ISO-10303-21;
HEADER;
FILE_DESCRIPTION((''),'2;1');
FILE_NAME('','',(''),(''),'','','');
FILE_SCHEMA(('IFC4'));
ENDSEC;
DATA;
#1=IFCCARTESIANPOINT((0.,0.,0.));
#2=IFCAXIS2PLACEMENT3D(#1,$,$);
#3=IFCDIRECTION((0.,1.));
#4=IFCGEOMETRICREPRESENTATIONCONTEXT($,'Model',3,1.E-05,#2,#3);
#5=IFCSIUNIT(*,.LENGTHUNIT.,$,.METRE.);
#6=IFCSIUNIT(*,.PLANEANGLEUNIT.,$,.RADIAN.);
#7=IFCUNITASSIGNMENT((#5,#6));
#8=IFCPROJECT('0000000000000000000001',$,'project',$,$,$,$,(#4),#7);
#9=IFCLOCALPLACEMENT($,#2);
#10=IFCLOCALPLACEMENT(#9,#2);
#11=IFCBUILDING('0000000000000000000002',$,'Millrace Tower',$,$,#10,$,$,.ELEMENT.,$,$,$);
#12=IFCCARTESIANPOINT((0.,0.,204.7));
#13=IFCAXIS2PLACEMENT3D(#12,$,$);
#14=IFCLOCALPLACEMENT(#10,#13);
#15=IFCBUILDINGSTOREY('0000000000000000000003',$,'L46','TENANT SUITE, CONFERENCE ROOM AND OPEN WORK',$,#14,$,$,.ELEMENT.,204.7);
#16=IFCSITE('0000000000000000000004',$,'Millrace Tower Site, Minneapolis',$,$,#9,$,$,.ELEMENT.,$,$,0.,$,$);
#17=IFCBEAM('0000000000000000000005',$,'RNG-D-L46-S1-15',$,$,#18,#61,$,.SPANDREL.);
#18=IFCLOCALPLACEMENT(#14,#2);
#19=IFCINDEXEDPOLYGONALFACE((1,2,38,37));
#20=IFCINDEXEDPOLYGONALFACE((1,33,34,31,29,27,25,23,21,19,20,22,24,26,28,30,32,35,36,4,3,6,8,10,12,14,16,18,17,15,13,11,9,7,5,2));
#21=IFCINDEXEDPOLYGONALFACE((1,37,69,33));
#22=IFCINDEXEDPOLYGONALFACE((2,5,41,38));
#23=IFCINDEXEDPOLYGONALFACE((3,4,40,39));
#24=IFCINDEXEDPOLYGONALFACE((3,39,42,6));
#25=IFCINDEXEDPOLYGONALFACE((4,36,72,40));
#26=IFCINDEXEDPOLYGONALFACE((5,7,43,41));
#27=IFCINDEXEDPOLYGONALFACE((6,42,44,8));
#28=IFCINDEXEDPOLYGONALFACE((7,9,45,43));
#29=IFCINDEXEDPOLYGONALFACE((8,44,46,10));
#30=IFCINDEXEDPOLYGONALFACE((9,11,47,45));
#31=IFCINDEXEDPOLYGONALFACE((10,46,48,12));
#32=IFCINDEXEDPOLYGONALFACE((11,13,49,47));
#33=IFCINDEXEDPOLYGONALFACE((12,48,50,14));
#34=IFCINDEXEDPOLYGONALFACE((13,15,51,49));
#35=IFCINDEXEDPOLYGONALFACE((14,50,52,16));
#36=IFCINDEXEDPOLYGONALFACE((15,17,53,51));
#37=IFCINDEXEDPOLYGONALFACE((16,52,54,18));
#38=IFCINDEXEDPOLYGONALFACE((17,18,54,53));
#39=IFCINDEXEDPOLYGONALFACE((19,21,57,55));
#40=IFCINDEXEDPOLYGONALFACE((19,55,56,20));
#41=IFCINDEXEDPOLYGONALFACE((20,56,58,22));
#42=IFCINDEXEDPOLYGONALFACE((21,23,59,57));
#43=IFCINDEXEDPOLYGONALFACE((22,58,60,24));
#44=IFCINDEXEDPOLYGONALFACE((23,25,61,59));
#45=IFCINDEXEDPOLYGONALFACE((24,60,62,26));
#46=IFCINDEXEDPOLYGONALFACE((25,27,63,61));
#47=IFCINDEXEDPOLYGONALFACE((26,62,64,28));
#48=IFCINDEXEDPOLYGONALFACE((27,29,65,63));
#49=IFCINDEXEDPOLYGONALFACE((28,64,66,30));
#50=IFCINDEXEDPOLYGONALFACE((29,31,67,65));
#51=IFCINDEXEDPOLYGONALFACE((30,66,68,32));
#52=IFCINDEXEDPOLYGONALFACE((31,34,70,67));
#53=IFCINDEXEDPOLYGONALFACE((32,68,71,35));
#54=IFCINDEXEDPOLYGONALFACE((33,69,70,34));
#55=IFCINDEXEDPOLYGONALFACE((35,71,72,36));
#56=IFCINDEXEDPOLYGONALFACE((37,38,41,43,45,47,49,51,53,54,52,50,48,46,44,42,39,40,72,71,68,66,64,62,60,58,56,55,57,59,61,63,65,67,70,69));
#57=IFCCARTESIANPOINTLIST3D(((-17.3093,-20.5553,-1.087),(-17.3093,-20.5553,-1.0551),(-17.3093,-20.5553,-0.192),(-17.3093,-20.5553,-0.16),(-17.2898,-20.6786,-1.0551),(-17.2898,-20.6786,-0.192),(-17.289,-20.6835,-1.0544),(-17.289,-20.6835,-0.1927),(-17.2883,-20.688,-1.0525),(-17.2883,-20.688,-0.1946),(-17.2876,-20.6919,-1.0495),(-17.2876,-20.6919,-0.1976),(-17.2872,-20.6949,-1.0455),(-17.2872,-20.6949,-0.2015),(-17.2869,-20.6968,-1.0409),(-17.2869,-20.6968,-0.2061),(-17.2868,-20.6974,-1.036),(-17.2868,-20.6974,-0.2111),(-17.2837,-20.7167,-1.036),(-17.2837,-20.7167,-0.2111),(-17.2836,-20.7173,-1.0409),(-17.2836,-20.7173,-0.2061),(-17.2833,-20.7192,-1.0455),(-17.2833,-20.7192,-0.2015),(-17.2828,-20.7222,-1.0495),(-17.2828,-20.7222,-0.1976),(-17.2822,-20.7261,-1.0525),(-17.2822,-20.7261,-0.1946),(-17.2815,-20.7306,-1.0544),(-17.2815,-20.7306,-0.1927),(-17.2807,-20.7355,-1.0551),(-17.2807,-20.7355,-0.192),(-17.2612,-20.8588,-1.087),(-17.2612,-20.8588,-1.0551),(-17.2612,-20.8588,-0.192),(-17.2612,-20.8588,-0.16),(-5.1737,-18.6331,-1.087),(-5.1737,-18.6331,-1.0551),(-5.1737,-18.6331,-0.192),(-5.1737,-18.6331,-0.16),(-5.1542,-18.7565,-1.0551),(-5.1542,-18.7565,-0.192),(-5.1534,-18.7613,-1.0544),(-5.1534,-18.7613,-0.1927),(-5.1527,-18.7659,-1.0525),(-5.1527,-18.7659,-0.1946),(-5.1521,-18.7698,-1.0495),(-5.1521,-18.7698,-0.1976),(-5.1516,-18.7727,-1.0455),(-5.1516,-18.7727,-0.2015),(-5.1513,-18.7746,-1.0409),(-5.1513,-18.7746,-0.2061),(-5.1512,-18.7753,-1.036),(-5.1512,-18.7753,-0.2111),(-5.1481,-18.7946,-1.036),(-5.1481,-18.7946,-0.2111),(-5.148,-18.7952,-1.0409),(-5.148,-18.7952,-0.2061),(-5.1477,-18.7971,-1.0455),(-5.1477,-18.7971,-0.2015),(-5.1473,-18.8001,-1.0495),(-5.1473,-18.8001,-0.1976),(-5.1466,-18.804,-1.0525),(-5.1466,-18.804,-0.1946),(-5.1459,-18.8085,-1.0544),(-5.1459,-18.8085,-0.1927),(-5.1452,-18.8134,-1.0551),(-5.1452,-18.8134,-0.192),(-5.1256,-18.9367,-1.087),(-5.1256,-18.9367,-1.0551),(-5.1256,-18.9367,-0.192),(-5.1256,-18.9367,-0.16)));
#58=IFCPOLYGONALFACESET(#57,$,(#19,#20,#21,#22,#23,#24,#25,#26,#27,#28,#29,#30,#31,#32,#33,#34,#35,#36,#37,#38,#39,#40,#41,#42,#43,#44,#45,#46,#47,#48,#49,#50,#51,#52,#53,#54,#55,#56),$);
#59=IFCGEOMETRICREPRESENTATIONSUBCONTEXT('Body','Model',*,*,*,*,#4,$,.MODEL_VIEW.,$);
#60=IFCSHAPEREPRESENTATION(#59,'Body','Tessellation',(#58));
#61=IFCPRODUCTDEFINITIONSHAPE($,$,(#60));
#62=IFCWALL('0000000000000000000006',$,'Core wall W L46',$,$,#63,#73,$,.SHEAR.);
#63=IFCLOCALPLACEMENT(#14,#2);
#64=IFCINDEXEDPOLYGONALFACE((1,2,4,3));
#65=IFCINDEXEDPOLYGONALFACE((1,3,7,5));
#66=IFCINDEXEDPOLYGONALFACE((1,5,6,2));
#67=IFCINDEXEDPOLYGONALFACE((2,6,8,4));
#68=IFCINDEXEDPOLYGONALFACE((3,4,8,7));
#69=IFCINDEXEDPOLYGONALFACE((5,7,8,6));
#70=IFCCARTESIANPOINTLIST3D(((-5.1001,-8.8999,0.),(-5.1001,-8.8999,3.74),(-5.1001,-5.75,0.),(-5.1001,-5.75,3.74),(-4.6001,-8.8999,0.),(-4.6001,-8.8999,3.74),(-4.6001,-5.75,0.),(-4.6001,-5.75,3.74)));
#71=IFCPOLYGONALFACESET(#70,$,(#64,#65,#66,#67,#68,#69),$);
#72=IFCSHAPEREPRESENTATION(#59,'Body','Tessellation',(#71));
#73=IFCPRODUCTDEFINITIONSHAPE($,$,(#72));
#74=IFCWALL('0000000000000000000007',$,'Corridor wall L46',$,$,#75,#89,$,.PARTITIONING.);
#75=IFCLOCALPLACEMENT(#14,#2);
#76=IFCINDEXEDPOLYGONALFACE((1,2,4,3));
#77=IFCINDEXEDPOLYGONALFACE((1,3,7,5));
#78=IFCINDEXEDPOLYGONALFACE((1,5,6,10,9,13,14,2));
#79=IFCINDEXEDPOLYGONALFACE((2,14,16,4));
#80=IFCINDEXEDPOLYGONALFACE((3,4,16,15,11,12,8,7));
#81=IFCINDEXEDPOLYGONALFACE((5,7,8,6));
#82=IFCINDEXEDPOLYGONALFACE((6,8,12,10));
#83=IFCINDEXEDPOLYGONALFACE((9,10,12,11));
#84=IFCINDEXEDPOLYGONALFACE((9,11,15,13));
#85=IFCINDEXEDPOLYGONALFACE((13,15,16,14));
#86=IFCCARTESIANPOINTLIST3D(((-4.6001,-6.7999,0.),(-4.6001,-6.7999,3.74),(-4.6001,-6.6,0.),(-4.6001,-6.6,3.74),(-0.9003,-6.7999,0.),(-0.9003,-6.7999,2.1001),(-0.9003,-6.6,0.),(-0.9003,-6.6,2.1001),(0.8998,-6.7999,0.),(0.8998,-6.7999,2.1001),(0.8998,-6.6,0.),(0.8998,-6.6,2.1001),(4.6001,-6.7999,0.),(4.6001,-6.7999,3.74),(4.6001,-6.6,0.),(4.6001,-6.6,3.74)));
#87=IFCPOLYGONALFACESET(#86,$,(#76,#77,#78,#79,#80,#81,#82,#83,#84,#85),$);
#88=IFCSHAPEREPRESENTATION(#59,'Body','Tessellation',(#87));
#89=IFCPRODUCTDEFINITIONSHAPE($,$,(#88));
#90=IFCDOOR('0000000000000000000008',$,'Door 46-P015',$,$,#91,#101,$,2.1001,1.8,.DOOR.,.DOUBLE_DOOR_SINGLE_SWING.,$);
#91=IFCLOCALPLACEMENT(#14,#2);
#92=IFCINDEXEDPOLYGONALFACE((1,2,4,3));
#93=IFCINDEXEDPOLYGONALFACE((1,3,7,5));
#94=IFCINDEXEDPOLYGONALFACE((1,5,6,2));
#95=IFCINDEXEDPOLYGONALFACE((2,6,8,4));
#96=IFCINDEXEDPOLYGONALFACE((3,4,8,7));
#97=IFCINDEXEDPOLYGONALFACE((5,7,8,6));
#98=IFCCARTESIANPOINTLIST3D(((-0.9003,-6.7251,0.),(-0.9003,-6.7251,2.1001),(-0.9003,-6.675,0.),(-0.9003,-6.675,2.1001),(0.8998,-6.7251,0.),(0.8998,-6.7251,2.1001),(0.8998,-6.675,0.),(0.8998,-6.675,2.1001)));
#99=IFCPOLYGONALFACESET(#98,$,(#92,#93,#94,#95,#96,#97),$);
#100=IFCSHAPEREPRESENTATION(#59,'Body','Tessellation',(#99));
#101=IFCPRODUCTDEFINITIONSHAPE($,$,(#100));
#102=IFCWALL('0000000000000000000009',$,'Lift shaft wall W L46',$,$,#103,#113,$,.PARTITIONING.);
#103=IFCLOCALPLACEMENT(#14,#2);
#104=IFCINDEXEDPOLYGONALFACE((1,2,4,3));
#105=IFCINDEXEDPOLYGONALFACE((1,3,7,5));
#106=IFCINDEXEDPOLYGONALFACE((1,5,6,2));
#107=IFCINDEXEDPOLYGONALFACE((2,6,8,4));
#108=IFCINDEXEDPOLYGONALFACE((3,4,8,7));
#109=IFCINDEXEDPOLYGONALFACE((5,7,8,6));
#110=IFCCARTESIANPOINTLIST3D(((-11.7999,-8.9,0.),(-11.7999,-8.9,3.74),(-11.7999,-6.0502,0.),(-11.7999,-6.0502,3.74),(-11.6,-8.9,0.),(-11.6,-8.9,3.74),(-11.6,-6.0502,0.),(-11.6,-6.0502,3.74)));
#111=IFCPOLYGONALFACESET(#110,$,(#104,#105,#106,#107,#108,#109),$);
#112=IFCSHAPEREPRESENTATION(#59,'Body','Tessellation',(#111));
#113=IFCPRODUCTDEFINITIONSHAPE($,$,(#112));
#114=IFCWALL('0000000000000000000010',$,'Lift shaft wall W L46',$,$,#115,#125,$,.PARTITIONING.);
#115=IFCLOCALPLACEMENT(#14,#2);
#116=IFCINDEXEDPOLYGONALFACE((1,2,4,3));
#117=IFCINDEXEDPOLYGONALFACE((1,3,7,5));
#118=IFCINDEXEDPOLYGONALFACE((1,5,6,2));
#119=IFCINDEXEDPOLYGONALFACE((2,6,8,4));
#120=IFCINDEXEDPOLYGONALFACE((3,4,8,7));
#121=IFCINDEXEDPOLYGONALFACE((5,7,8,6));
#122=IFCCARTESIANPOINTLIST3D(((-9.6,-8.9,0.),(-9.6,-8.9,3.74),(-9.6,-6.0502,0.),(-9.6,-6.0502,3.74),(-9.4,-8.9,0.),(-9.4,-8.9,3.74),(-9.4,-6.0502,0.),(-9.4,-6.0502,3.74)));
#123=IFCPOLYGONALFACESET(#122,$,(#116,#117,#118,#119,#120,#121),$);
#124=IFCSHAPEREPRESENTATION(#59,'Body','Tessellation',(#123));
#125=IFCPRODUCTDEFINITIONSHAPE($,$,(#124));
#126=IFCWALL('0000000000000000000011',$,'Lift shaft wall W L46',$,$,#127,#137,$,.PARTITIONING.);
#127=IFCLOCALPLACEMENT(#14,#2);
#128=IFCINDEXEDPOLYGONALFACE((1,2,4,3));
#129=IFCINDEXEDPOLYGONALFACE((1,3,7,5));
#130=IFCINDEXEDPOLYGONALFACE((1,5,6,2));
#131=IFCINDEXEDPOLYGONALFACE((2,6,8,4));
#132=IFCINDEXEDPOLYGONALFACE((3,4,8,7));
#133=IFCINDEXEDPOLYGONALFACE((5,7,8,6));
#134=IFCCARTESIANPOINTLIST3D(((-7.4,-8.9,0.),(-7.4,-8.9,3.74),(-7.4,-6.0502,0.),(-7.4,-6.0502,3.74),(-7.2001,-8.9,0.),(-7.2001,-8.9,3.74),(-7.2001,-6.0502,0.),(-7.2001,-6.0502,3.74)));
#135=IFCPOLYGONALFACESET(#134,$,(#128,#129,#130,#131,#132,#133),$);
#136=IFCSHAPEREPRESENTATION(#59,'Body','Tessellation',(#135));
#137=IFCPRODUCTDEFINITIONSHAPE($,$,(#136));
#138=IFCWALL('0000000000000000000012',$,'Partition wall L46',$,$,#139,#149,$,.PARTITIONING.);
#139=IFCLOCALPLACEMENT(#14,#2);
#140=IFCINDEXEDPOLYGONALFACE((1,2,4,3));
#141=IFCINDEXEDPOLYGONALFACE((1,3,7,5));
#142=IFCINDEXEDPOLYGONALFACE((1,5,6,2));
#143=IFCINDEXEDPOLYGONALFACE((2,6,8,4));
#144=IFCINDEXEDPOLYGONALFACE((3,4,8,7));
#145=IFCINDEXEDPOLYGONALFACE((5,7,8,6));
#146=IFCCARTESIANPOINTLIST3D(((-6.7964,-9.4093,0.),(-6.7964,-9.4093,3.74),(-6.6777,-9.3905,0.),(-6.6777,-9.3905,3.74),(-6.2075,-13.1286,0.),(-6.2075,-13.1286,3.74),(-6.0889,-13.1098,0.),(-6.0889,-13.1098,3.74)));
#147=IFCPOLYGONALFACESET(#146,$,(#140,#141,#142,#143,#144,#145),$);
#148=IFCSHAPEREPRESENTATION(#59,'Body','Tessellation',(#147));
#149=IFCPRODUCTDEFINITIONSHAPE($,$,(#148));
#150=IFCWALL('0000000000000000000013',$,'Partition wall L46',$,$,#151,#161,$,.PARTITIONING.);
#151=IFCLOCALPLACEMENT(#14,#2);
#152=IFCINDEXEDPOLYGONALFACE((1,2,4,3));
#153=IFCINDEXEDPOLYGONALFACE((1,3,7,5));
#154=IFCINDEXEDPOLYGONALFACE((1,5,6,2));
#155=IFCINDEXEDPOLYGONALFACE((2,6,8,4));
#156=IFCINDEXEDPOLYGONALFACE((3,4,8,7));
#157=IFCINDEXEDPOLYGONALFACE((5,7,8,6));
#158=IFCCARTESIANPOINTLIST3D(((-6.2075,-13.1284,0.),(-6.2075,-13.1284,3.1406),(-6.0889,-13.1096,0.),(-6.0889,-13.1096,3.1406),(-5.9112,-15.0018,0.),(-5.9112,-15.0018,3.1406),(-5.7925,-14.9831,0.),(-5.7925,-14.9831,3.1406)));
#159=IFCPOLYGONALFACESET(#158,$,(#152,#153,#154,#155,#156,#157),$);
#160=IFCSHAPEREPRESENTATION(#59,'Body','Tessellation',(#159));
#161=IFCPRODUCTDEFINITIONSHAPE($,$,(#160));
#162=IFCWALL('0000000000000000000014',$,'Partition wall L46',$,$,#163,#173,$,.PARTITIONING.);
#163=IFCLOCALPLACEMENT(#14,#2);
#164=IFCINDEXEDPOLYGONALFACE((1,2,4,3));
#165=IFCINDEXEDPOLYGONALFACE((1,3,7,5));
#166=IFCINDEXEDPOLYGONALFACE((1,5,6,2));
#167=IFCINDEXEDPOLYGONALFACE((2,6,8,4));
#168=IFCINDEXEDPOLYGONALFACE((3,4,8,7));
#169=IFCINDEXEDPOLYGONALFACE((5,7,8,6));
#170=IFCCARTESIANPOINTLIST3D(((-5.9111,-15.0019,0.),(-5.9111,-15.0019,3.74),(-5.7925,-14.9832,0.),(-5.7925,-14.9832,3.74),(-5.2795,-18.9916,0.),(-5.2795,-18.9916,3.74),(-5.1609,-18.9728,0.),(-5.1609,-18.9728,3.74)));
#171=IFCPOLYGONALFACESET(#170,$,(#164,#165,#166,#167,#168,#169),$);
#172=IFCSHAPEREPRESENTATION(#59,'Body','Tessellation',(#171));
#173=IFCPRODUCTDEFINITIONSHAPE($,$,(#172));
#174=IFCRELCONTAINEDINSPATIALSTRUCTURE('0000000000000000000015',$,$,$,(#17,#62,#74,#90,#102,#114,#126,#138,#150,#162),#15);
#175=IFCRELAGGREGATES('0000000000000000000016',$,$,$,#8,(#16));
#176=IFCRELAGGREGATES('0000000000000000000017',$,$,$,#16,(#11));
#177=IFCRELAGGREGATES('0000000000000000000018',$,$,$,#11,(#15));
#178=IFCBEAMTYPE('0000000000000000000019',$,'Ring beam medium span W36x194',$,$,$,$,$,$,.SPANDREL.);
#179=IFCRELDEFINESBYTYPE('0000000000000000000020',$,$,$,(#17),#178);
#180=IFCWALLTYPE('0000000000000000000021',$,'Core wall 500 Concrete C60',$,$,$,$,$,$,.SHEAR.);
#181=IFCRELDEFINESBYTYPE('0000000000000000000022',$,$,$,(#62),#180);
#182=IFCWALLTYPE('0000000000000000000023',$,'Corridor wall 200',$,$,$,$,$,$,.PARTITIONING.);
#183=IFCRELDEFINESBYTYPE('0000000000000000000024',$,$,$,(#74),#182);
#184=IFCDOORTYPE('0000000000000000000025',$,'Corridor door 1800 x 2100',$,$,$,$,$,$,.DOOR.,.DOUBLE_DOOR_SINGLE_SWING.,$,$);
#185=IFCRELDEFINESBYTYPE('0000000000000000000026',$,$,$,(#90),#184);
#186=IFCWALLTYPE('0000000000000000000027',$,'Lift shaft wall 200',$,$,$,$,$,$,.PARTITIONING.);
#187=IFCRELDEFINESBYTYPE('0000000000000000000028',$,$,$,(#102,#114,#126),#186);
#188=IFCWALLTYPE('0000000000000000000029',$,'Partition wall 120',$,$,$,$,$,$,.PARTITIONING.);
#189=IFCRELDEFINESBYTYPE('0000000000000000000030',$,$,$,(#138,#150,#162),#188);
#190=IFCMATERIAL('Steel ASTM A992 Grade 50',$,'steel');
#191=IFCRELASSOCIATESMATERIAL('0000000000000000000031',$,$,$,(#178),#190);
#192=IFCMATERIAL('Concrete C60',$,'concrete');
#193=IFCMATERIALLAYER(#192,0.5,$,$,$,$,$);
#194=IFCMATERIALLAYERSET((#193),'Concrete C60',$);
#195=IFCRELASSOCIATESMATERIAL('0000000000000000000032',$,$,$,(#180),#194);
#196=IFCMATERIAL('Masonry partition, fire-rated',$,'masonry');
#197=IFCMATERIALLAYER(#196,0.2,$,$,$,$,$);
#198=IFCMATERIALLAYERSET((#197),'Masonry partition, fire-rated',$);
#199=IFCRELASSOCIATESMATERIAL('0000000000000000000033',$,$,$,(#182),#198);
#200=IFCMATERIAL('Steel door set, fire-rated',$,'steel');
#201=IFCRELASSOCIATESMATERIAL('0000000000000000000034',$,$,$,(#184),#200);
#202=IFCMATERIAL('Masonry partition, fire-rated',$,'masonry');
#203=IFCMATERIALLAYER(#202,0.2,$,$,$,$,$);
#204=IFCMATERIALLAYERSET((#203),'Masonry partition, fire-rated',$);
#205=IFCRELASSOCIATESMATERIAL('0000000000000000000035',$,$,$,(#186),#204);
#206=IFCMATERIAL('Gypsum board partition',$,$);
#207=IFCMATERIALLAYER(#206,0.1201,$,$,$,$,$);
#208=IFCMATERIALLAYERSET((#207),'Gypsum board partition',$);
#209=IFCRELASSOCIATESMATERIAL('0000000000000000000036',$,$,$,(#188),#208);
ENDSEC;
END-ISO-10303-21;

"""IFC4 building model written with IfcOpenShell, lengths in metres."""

from ifc_helpers import new_model, si_unit, direction, frame, frame_2d, origin, origin_2d, place, context, subcontext, project, spatial, rectangle, i_section, extrude, material, layer, layer_set, material_profile, profile_set, type_object, element, fill, save


model = new_model("IFC4")

# Units and contexts
model_context = context("Model", 3, precision=1e-05, world=origin(), true_north=direction((0.0, 1.0)))
body_context = subcontext(model_context, "Body", "Model", "MODEL_VIEW")
ifc_project = project(units=[si_unit("LENGTHUNIT", "METRE"), si_unit("PLANEANGLEUNIT", "RADIAN")], contexts=[model_context])

# Site, building, storey
site_placement = place(None, origin())
site = spatial("IfcSite", under=ifc_project, at=site_placement, Name="Millrace Tower Site, Minneapolis", CompositionType="ELEMENT", RefElevation=0.0)
building_placement = place(site_placement, origin())
building = spatial("IfcBuilding", under=site, at=building_placement, Name="Millrace Tower", CompositionType="ELEMENT")
storey_placement = place(building_placement, frame((0.0, 0.0, 204.7)))
storey = spatial("IfcBuildingStorey", under=building, at=storey_placement, Name="L46", Description="TENANT SUITE, CONFERENCE ROOM AND OPEN WORK", CompositionType="ELEMENT", Elevation=204.7)

# Beam
ifc_material_1 = material(Name="Steel ASTM A992 Grade 50", Category="steel")
ifc_material_profile_1 = material_profile(ifc_material_1, i_section(OverallWidth=0.3074, OverallDepth=0.927, WebThickness=0.0195, FlangeThickness=0.032, FilletRadius=0.019, at=origin_2d()))
ifc_profile_set_1 = profile_set([ifc_material_profile_1], Name="Steel ASTM A992 Grade 50")
beam_type_1 = type_object("IfcBeamType", Name="Ring beam medium span W36x194", PredefinedType="SPANDREL", material=ifc_profile_set_1)
beam_1_placement = place(storey_placement, frame((-5.1497, -18.7849, -0.6235), z_axis=(-0.987688, -0.156438, 0.0), x_axis=(0.156438, -0.987688, 0.0)))
element("IfcBeam", 1, at=beam_1_placement, inside=storey, type_object=beam_type_1, Name="RNG-D-L46-S1-15", PredefinedType="SPANDREL", context=body_context, shape_type="SweptSolid", body=[
    extrude(i_section(OverallWidth=0.3074, OverallDepth=0.927, WebThickness=0.0195, FlangeThickness=0.032, FilletRadius=0.019, at=origin_2d()), origin(), (0.0, 0.0, 1.0), 12.2869),
])

# Wall
ifc_material_2 = material(Name="Concrete C60", Category="concrete")
ifc_layer_1 = layer(ifc_material_2, 0.5)
ifc_layer_set_1 = layer_set([ifc_layer_1], Name="Concrete C60")
wall_type_1 = type_object("IfcWallType", Name="Core wall 500 Concrete C60", PredefinedType="SHEAR", material=ifc_layer_set_1)
wall_1_placement = place(storey_placement, frame((-4.8501, -8.8999, 0.0), z_axis=(0.0, 0.0, 1.0), x_axis=(0.0, 1.0, 0.0)))
element("IfcWall", 2, at=wall_1_placement, inside=storey, type_object=wall_type_1, Name="Core wall W L46", PredefinedType="SHEAR", context=body_context, shape_type="SweptSolid", body=[
    extrude(rectangle(XDim=3.1499, YDim=0.5, at=frame_2d((1.575, 0.0))), origin(), (0.0, 0.0, 1.0), 3.74),
])

# Wall, opening, door
ifc_material_3 = material(Name="Masonry partition, fire-rated", Category="masonry")
ifc_layer_2 = layer(ifc_material_3, 0.2)
ifc_layer_set_2 = layer_set([ifc_layer_2], Name="Masonry partition, fire-rated")
wall_type_2 = type_object("IfcWallType", Name="Corridor wall 200", PredefinedType="PARTITIONING", material=ifc_layer_set_2)
wall_2_placement = place(storey_placement, frame((-4.6001, -6.7, 0.0), z_axis=(0.0, 0.0, 1.0), x_axis=(1.0, 0.0, 0.0)))
wall_2 = element("IfcWall", 3, at=wall_2_placement, inside=storey, type_object=wall_type_2, Name="Corridor wall L46", PredefinedType="PARTITIONING", context=body_context, shape_type="SweptSolid", body=[
    extrude(rectangle(XDim=9.2002, YDim=0.2, at=frame_2d((4.6001, 0.0))), origin(), (0.0, 0.0, 1.0), 3.74),
])
opening_placement = place(wall_2_placement, frame((3.7, 0.0, 0.0)))
opening = element("IfcOpeningElement", 4, at=opening_placement, cuts=wall_2, PredefinedType="OPENING", context=body_context, shape_type="SweptSolid", body=[
    extrude(rectangle(XDim=1.8, YDim=2.1001, at=frame_2d((0.8999, 1.05))), frame((0.0, 0.1099, 0.0), z_axis=(0.0, -1.0, 0.0), x_axis=(1.0, 0.0, 0.0)), (0.0, 0.0, 1.0), 0.22),
])
ifc_material_4 = material(Name="Steel door set, fire-rated", Category="steel")
door_type = type_object("IfcDoorType", Name="Corridor door 1800 x 2100", OperationType="DOUBLE_DOOR_SINGLE_SWING", PredefinedType="DOOR", material=ifc_material_4)
door_placement = place(opening_placement, origin())
door = element("IfcDoor", 5, at=door_placement, inside=storey, type_object=door_type, Name="Door 46-P015", OperationType="DOUBLE_DOOR_SINGLE_SWING", OverallHeight=2.1001, OverallWidth=1.8, PredefinedType="DOOR", context=body_context, shape_type="SweptSolid", body=[
    extrude(rectangle(XDim=1.8, YDim=2.1001, at=frame_2d((0.8999, 1.05))), frame((0.0, 0.0249, 0.0), z_axis=(0.0, -1.0, 0.0), x_axis=(1.0, 0.0, 0.0)), (0.0, 0.0, 1.0), 0.05),
])
fill(opening, door)

# Walls
ifc_material_5 = material(Name="Masonry partition, fire-rated", Category="masonry")
ifc_layer_3 = layer(ifc_material_5, 0.2)
ifc_layer_set_3 = layer_set([ifc_layer_3], Name="Masonry partition, fire-rated")
wall_type_3 = type_object("IfcWallType", Name="Lift shaft wall 200", PredefinedType="PARTITIONING", material=ifc_layer_set_3)
for number, where, z_axis, x_axis, name in (
    (6, (-11.7, -8.8999, 0.0), (0.0, 0.0, 1.0), (0.0, 1.0, 0.0), "Lift shaft wall W L46"),
    (7, (-9.5, -8.8999, 0.0), (0.0, 0.0, 1.0), (0.0, 1.0, 0.0), "Lift shaft wall W L46"),
    (8, (-7.3, -8.8999, 0.0), (0.0, 0.0, 1.0), (0.0, 1.0, 0.0), "Lift shaft wall W L46"),
):
    element("IfcWall", number, at=place(storey_placement, frame(where, z_axis=z_axis, x_axis=x_axis)), inside=storey, type_object=wall_type_3, Name=name, PredefinedType="PARTITIONING", context=body_context, shape_type="SweptSolid", body=[
        extrude(rectangle(XDim=2.8499, YDim=0.2, at=frame_2d((1.4248, 0.0))), origin(), (0.0, 0.0, 1.0), 3.74),
    ])
ifc_material_6 = material(Name="Gypsum board partition")
ifc_layer_4 = layer(ifc_material_6, 0.1201)
ifc_layer_set_4 = layer_set([ifc_layer_4], Name="Gypsum board partition")
wall_type_4 = type_object("IfcWallType", Name="Partition wall 120", PredefinedType="PARTITIONING", material=ifc_layer_set_4)
wall_3_placement = place(storey_placement, frame((-6.7371, -9.3999, 0.0), z_axis=(0.0, 0.0, 1.0), x_axis=(0.156382, -0.987697, 0.0)))
element("IfcWall", 9, at=wall_3_placement, inside=storey, type_object=wall_type_4, Name="Partition wall L46", PredefinedType="PARTITIONING", context=body_context, shape_type="SweptSolid", body=[
    extrude(rectangle(XDim=3.7656, YDim=0.1201, at=frame_2d((1.8828, 0.0))), origin(), (0.0, 0.0, 1.0), 3.74),
])
wall_4_placement = place(storey_placement, frame((-6.1482, -13.1191, 0.0), z_axis=(0.0, 0.0, 1.0), x_axis=(0.156253, -0.987717, 0.0)))
element("IfcWall", 10, at=wall_4_placement, inside=storey, type_object=wall_type_4, Name="Partition wall L46", PredefinedType="PARTITIONING", context=body_context, shape_type="SweptSolid", body=[
    extrude(rectangle(XDim=1.8967, YDim=0.1201, at=frame_2d((0.9482, 0.0))), origin(), (0.0, 0.0, 1.0), 3.1406),
])
wall_5_placement = place(storey_placement, frame((-5.8518, -14.9927, 0.0), z_axis=(0.0, 0.0, 1.0), x_axis=(0.156366, -0.987699, 0.0)))
element("IfcWall", 11, at=wall_5_placement, inside=storey, type_object=wall_type_4, Name="Partition wall L46", PredefinedType="PARTITIONING", context=body_context, shape_type="SweptSolid", body=[
    extrude(rectangle(XDim=4.0393, YDim=0.1201, at=frame_2d((2.0195, 0.0))), origin(), (0.0, 0.0, 1.0), 3.74),
])

save(model, "model.ifc")
